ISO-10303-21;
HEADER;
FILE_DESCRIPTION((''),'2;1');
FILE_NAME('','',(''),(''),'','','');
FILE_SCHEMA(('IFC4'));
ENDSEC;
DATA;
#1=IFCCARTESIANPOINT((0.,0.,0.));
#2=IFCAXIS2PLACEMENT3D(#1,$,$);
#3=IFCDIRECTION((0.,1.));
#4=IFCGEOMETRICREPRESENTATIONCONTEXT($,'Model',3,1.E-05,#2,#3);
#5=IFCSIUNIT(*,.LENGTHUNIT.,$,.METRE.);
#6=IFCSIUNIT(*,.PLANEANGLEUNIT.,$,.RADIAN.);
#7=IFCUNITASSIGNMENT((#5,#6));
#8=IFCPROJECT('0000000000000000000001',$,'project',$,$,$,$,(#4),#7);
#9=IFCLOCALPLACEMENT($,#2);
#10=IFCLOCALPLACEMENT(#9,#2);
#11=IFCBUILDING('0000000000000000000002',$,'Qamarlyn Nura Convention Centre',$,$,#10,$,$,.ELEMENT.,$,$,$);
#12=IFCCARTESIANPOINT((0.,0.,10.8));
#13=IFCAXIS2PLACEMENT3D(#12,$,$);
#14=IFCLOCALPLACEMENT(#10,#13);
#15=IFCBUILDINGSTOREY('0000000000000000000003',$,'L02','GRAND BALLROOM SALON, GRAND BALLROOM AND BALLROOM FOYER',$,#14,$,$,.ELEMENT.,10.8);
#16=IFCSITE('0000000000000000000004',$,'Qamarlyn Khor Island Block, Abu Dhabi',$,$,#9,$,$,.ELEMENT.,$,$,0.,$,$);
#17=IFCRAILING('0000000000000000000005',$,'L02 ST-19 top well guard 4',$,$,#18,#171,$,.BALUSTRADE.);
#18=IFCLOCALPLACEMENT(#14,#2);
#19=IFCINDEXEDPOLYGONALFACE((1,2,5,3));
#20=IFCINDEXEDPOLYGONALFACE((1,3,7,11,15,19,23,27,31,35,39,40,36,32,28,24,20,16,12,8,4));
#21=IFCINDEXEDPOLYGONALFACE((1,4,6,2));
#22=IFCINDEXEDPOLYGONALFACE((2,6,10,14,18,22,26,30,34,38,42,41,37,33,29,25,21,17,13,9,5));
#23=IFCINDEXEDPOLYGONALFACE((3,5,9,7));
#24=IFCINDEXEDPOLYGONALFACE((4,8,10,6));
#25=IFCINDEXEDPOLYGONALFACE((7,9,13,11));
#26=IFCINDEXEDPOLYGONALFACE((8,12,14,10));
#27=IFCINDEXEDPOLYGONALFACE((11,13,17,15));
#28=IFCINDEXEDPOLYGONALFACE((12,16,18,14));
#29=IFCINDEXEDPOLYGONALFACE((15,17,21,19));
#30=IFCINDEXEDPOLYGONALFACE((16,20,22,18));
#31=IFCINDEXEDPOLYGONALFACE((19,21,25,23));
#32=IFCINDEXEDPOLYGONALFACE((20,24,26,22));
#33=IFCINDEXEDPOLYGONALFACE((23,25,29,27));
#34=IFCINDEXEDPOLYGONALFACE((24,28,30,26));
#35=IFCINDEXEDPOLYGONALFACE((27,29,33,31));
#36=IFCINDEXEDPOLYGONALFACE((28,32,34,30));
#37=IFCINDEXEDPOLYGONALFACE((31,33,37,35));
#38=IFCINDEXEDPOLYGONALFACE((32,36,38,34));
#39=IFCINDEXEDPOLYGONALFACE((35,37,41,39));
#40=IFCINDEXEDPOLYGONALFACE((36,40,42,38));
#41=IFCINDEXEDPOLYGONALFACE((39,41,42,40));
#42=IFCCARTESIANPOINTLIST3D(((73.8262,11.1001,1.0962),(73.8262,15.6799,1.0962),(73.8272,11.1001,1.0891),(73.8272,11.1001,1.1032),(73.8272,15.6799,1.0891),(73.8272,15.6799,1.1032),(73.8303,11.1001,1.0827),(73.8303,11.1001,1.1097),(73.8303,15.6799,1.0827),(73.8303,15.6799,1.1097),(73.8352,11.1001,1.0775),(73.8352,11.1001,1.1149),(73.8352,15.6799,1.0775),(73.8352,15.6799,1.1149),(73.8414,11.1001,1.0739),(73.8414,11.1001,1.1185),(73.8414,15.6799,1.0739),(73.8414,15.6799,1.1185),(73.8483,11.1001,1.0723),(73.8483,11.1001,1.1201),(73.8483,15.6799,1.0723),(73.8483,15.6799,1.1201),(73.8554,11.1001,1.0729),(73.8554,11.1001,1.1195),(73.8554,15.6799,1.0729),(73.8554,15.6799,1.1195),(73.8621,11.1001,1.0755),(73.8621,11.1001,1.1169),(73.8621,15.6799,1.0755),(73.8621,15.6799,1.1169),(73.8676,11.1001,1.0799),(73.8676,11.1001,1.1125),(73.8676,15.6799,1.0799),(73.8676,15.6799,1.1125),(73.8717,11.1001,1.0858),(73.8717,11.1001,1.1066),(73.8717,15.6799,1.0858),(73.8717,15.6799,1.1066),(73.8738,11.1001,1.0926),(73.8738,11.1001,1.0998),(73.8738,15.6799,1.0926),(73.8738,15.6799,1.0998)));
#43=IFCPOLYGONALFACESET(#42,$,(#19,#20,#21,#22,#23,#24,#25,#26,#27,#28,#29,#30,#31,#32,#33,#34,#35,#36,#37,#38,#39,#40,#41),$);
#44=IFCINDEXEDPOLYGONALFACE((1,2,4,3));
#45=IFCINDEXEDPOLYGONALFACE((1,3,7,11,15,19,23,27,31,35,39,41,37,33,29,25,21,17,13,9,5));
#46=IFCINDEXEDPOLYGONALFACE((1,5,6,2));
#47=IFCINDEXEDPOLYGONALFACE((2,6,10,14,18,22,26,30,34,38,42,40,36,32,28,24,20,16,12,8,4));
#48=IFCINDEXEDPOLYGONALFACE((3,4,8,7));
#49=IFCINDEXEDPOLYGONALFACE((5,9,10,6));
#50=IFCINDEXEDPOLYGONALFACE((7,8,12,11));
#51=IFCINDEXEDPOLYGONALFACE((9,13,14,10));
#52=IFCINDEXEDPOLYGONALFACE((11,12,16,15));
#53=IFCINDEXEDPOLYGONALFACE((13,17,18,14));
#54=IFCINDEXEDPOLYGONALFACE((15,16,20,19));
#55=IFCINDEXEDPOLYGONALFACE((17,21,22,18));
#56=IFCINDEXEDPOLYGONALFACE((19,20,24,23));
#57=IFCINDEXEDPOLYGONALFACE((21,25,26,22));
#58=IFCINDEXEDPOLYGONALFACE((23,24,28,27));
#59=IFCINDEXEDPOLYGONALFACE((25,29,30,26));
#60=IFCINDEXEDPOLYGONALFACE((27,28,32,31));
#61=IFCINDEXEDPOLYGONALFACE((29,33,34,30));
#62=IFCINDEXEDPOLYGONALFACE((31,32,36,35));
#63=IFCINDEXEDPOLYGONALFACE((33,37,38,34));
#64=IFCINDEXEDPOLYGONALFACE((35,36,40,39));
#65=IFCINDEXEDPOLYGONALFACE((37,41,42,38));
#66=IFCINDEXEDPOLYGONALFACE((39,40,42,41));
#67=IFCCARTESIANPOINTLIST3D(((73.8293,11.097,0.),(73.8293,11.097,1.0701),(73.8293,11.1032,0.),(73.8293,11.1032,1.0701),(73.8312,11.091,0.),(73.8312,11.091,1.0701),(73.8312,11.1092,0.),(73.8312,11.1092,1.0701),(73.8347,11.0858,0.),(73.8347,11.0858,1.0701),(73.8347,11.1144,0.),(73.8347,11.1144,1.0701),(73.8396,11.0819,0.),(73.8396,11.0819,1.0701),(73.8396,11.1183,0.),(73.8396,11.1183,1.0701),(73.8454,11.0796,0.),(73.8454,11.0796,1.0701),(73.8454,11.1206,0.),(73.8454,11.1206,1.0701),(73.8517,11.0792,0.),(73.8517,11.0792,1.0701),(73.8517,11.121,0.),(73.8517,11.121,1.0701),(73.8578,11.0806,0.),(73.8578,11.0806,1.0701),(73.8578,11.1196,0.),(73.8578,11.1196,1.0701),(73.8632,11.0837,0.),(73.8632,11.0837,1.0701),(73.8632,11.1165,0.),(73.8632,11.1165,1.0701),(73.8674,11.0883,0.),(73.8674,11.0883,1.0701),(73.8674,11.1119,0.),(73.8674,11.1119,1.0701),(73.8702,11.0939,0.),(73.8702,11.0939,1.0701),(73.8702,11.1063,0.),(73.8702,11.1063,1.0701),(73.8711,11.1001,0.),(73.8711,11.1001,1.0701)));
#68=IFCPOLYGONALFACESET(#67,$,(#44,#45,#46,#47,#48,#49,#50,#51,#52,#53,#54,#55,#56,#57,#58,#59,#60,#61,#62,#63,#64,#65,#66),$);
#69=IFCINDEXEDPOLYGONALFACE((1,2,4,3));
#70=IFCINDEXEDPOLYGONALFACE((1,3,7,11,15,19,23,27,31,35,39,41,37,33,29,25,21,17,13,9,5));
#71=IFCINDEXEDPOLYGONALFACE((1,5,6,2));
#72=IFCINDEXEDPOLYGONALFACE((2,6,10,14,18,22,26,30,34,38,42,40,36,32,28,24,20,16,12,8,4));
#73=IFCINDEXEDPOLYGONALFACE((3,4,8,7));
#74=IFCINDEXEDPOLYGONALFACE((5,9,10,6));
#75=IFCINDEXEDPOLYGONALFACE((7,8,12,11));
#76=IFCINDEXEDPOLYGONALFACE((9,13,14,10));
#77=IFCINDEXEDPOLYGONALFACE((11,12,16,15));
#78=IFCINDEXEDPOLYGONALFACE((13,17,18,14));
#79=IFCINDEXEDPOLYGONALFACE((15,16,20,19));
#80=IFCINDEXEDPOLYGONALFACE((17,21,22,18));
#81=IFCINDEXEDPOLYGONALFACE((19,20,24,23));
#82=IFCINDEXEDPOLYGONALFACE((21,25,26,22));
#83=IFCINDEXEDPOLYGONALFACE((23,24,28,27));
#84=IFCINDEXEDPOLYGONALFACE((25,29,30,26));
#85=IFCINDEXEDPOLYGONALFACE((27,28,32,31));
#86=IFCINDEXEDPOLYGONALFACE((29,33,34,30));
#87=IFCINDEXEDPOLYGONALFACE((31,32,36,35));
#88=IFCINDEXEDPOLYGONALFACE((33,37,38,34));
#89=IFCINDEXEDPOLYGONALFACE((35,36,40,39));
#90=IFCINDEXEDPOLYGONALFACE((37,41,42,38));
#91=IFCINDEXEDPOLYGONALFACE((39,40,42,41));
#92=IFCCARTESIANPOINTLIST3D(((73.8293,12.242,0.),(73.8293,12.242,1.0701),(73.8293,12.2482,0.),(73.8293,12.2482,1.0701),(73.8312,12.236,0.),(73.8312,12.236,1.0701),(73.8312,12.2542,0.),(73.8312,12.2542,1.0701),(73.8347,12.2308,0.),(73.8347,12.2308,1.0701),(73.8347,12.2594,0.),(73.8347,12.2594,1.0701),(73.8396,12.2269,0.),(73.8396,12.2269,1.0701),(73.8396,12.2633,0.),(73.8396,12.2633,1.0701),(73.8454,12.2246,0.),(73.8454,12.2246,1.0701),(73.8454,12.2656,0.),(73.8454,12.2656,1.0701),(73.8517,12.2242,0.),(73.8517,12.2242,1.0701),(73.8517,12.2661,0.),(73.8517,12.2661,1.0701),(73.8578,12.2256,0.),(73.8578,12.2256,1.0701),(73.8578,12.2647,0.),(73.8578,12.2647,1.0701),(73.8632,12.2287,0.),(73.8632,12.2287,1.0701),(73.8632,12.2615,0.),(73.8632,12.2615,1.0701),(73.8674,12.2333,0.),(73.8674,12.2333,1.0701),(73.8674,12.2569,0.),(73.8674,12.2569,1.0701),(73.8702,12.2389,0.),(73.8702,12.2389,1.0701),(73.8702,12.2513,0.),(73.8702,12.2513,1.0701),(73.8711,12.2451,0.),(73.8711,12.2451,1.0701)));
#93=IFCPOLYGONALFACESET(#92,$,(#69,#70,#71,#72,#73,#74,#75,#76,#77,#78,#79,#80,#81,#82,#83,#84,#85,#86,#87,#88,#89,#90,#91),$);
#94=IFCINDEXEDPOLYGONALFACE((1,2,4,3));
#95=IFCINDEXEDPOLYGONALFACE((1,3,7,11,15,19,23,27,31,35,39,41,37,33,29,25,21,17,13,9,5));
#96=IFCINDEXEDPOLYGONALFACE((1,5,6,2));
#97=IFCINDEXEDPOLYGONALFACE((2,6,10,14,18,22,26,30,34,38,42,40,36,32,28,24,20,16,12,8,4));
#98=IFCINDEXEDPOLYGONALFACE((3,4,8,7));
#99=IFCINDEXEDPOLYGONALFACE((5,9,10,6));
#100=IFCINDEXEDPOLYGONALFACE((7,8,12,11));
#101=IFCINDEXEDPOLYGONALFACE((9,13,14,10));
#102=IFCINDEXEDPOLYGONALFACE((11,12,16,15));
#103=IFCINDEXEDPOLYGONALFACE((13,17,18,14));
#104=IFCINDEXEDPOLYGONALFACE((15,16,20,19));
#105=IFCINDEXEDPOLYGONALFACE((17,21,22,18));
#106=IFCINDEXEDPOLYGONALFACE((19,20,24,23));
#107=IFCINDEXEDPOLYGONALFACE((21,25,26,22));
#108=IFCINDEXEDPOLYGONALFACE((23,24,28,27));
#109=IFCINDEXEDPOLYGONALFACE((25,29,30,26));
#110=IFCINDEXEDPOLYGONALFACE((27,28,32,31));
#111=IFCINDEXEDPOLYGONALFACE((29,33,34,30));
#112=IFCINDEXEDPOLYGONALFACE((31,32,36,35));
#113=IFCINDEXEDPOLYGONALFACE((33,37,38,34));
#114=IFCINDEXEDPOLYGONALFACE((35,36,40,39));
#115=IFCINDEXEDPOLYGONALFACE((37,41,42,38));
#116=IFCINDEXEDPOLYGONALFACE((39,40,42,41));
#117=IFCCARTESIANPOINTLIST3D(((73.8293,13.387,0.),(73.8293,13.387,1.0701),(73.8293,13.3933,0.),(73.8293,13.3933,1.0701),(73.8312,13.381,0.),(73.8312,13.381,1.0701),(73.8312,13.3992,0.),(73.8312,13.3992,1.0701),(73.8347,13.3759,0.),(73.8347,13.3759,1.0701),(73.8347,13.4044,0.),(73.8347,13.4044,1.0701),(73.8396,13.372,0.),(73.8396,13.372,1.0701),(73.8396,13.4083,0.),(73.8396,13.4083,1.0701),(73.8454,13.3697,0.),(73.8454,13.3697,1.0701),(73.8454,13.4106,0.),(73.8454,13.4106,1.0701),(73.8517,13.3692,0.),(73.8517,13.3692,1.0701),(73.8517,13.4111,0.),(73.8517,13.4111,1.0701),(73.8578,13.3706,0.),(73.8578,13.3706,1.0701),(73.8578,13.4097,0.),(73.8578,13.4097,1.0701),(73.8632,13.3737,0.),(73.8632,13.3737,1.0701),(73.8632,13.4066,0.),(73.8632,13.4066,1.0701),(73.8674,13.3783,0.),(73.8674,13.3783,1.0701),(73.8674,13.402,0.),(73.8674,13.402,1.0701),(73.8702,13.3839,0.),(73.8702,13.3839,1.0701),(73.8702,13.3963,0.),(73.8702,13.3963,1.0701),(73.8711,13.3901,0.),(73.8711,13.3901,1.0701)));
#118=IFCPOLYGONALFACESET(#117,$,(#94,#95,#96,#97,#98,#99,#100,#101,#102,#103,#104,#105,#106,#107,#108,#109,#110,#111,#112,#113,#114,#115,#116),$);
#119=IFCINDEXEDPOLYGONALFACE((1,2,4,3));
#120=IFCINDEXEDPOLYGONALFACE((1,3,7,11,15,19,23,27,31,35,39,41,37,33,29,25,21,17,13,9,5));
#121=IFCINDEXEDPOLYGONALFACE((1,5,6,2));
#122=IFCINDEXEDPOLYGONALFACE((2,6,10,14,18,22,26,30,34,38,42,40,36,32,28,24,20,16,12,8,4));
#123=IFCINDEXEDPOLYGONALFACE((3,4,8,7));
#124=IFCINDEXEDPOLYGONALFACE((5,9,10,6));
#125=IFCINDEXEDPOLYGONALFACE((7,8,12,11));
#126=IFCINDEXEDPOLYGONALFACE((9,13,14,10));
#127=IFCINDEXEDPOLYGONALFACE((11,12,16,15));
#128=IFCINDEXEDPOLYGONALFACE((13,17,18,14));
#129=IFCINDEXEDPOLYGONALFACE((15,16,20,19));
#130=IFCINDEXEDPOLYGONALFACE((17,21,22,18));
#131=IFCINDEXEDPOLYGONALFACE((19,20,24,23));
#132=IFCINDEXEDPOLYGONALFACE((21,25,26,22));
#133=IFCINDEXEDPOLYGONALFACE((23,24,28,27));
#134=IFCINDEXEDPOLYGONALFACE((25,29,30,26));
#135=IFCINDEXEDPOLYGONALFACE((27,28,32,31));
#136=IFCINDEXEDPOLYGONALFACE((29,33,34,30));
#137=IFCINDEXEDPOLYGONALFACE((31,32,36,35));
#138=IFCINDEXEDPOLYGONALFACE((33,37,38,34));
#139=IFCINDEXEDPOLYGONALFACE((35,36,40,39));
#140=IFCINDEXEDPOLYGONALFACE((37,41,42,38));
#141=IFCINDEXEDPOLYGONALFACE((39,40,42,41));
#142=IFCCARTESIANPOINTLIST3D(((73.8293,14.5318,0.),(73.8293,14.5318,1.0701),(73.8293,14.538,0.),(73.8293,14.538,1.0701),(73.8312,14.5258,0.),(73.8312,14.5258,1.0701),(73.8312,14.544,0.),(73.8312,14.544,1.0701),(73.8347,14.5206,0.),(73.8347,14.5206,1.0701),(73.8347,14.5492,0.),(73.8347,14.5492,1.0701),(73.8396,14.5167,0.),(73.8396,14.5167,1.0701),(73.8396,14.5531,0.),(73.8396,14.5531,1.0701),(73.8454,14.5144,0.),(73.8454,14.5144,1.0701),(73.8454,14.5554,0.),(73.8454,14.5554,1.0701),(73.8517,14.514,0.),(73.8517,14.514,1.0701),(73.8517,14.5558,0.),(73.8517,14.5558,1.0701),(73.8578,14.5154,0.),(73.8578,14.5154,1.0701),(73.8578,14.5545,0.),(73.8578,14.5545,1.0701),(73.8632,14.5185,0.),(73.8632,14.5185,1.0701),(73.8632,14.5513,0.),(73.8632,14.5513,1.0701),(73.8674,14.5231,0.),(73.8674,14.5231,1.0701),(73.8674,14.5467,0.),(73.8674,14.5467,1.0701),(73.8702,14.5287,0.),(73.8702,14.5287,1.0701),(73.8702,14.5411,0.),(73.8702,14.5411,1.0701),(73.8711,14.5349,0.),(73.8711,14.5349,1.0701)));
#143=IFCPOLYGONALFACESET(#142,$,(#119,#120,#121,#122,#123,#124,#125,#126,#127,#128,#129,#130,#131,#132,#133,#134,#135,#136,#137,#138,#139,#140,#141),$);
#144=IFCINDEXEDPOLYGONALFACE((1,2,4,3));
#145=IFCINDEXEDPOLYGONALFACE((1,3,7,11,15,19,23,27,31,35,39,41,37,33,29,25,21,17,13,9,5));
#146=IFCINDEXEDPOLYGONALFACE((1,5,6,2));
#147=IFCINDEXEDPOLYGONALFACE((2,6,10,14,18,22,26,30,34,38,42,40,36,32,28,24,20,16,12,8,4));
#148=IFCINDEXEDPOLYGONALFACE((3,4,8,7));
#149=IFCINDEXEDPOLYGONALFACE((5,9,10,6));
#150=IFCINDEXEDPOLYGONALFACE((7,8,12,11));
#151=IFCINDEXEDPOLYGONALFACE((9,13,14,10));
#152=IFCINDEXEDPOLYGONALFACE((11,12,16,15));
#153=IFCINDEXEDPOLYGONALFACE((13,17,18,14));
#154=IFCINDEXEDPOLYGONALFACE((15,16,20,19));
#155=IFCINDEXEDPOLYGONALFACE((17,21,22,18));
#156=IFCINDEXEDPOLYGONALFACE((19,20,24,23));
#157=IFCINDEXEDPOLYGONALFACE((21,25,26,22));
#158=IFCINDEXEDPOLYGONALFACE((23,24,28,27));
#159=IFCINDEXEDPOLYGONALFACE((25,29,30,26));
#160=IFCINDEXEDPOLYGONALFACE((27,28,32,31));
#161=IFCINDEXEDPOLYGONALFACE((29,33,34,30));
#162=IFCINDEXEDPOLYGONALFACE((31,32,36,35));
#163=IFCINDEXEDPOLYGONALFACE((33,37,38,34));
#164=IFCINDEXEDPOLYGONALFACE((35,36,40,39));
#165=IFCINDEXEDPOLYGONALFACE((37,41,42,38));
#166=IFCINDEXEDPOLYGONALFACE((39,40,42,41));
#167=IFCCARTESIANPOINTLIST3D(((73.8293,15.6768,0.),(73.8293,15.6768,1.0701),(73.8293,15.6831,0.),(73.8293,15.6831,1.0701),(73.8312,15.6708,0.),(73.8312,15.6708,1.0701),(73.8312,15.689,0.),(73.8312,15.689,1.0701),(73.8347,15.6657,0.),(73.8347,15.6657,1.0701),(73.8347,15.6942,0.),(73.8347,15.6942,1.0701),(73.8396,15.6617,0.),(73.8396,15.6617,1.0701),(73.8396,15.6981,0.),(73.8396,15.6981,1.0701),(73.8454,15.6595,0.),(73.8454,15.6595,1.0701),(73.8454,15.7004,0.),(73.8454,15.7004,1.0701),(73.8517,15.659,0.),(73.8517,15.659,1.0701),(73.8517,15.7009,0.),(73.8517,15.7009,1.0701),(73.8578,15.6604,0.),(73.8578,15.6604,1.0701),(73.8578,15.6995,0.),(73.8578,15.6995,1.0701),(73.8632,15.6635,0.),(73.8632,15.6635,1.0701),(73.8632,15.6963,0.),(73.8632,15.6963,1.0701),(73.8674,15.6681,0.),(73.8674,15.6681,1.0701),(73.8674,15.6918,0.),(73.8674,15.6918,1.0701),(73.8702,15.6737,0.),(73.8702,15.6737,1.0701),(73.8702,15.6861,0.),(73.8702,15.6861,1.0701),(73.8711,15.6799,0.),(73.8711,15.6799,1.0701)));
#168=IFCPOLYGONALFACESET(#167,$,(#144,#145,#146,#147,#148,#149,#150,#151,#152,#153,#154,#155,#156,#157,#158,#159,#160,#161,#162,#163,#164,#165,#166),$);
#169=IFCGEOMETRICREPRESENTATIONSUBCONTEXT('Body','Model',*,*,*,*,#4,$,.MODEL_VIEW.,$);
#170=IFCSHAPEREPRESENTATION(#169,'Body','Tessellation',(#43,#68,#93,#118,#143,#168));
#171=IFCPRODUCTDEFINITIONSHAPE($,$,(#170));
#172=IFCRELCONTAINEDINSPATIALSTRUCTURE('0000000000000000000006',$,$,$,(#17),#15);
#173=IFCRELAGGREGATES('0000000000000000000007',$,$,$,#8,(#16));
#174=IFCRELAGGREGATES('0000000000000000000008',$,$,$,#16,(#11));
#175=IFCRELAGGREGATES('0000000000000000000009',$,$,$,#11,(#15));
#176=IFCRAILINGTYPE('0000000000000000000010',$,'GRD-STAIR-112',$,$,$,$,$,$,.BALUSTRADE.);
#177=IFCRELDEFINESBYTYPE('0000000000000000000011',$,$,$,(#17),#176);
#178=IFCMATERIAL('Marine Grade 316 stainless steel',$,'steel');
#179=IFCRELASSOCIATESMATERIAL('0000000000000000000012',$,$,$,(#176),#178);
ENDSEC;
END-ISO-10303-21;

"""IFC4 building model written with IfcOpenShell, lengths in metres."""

from ifc_helpers import new_model, si_unit, direction, frame, origin, origin_2d, place, context, subcontext, project, spatial, circle, extrude, material, type_object, element, save


model = new_model("IFC4")

# Units and contexts
model_context = context("Model", 3, precision=1e-05, world=origin(), true_north=direction((0.0, 1.0)))
body_context = subcontext(model_context, "Body", "Model", "MODEL_VIEW")
ifc_project = project(units=[si_unit("LENGTHUNIT", "METRE"), si_unit("PLANEANGLEUNIT", "RADIAN")], contexts=[model_context])

# Site, building, storey
site_placement = place(None, origin())
site = spatial("IfcSite", under=ifc_project, at=site_placement, Name="Qamarlyn Khor Island Block, Abu Dhabi", CompositionType="ELEMENT", RefElevation=0.0)
building_placement = place(site_placement, origin())
building = spatial("IfcBuilding", under=site, at=building_placement, Name="Qamarlyn Nura Convention Centre", CompositionType="ELEMENT")
storey_placement = place(building_placement, frame((0.0, 0.0, 10.8)))
storey = spatial("IfcBuildingStorey", under=building, at=storey_placement, Name="L02", Description="GRAND BALLROOM SALON, GRAND BALLROOM AND BALLROOM FOYER", CompositionType="ELEMENT", Elevation=10.8)

# Railing
ifc_material_1 = material(Name="Marine Grade 316 stainless steel", Category="steel")
railing_type = type_object("IfcRailingType", Name="GRD-STAIR-112", PredefinedType="BALUSTRADE", material=ifc_material_1)
railing_placement = place(storey_placement, frame((73.8501, 11.1001, 0.0)))
element("IfcRailing", 1, at=railing_placement, inside=storey, type_object=railing_type, Name="L02 ST-19 top well guard 4", PredefinedType="BALUSTRADE", context=body_context, shape_type="SweptSolid", body=[
    extrude(circle(Radius=0.0239, at=origin_2d()), frame((0.0, 0.0, 1.0962), z_axis=(0.0, 1.0, 0.0), x_axis=(-1.0, 0.0, 0.0)), (0.0, 0.0, 1.0), 4.5798),
    extrude(circle(Radius=0.021, at=origin_2d()), origin(), (0.0, 0.0, 1.0), 1.0701),
    extrude(circle(Radius=0.021, at=origin_2d()), frame((0.0, 1.145, 0.0)), (0.0, 0.0, 1.0), 1.0701),
    extrude(circle(Radius=0.021, at=origin_2d()), frame((0.0, 2.29, 0.0)), (0.0, 0.0, 1.0), 1.0701),
    extrude(circle(Radius=0.021, at=origin_2d()), frame((0.0, 3.4348, 0.0)), (0.0, 0.0, 1.0), 1.0701),
    extrude(circle(Radius=0.021, at=origin_2d()), frame((0.0, 4.5798, 0.0)), (0.0, 0.0, 1.0), 1.0701),
])

save(model, "model.ifc")
